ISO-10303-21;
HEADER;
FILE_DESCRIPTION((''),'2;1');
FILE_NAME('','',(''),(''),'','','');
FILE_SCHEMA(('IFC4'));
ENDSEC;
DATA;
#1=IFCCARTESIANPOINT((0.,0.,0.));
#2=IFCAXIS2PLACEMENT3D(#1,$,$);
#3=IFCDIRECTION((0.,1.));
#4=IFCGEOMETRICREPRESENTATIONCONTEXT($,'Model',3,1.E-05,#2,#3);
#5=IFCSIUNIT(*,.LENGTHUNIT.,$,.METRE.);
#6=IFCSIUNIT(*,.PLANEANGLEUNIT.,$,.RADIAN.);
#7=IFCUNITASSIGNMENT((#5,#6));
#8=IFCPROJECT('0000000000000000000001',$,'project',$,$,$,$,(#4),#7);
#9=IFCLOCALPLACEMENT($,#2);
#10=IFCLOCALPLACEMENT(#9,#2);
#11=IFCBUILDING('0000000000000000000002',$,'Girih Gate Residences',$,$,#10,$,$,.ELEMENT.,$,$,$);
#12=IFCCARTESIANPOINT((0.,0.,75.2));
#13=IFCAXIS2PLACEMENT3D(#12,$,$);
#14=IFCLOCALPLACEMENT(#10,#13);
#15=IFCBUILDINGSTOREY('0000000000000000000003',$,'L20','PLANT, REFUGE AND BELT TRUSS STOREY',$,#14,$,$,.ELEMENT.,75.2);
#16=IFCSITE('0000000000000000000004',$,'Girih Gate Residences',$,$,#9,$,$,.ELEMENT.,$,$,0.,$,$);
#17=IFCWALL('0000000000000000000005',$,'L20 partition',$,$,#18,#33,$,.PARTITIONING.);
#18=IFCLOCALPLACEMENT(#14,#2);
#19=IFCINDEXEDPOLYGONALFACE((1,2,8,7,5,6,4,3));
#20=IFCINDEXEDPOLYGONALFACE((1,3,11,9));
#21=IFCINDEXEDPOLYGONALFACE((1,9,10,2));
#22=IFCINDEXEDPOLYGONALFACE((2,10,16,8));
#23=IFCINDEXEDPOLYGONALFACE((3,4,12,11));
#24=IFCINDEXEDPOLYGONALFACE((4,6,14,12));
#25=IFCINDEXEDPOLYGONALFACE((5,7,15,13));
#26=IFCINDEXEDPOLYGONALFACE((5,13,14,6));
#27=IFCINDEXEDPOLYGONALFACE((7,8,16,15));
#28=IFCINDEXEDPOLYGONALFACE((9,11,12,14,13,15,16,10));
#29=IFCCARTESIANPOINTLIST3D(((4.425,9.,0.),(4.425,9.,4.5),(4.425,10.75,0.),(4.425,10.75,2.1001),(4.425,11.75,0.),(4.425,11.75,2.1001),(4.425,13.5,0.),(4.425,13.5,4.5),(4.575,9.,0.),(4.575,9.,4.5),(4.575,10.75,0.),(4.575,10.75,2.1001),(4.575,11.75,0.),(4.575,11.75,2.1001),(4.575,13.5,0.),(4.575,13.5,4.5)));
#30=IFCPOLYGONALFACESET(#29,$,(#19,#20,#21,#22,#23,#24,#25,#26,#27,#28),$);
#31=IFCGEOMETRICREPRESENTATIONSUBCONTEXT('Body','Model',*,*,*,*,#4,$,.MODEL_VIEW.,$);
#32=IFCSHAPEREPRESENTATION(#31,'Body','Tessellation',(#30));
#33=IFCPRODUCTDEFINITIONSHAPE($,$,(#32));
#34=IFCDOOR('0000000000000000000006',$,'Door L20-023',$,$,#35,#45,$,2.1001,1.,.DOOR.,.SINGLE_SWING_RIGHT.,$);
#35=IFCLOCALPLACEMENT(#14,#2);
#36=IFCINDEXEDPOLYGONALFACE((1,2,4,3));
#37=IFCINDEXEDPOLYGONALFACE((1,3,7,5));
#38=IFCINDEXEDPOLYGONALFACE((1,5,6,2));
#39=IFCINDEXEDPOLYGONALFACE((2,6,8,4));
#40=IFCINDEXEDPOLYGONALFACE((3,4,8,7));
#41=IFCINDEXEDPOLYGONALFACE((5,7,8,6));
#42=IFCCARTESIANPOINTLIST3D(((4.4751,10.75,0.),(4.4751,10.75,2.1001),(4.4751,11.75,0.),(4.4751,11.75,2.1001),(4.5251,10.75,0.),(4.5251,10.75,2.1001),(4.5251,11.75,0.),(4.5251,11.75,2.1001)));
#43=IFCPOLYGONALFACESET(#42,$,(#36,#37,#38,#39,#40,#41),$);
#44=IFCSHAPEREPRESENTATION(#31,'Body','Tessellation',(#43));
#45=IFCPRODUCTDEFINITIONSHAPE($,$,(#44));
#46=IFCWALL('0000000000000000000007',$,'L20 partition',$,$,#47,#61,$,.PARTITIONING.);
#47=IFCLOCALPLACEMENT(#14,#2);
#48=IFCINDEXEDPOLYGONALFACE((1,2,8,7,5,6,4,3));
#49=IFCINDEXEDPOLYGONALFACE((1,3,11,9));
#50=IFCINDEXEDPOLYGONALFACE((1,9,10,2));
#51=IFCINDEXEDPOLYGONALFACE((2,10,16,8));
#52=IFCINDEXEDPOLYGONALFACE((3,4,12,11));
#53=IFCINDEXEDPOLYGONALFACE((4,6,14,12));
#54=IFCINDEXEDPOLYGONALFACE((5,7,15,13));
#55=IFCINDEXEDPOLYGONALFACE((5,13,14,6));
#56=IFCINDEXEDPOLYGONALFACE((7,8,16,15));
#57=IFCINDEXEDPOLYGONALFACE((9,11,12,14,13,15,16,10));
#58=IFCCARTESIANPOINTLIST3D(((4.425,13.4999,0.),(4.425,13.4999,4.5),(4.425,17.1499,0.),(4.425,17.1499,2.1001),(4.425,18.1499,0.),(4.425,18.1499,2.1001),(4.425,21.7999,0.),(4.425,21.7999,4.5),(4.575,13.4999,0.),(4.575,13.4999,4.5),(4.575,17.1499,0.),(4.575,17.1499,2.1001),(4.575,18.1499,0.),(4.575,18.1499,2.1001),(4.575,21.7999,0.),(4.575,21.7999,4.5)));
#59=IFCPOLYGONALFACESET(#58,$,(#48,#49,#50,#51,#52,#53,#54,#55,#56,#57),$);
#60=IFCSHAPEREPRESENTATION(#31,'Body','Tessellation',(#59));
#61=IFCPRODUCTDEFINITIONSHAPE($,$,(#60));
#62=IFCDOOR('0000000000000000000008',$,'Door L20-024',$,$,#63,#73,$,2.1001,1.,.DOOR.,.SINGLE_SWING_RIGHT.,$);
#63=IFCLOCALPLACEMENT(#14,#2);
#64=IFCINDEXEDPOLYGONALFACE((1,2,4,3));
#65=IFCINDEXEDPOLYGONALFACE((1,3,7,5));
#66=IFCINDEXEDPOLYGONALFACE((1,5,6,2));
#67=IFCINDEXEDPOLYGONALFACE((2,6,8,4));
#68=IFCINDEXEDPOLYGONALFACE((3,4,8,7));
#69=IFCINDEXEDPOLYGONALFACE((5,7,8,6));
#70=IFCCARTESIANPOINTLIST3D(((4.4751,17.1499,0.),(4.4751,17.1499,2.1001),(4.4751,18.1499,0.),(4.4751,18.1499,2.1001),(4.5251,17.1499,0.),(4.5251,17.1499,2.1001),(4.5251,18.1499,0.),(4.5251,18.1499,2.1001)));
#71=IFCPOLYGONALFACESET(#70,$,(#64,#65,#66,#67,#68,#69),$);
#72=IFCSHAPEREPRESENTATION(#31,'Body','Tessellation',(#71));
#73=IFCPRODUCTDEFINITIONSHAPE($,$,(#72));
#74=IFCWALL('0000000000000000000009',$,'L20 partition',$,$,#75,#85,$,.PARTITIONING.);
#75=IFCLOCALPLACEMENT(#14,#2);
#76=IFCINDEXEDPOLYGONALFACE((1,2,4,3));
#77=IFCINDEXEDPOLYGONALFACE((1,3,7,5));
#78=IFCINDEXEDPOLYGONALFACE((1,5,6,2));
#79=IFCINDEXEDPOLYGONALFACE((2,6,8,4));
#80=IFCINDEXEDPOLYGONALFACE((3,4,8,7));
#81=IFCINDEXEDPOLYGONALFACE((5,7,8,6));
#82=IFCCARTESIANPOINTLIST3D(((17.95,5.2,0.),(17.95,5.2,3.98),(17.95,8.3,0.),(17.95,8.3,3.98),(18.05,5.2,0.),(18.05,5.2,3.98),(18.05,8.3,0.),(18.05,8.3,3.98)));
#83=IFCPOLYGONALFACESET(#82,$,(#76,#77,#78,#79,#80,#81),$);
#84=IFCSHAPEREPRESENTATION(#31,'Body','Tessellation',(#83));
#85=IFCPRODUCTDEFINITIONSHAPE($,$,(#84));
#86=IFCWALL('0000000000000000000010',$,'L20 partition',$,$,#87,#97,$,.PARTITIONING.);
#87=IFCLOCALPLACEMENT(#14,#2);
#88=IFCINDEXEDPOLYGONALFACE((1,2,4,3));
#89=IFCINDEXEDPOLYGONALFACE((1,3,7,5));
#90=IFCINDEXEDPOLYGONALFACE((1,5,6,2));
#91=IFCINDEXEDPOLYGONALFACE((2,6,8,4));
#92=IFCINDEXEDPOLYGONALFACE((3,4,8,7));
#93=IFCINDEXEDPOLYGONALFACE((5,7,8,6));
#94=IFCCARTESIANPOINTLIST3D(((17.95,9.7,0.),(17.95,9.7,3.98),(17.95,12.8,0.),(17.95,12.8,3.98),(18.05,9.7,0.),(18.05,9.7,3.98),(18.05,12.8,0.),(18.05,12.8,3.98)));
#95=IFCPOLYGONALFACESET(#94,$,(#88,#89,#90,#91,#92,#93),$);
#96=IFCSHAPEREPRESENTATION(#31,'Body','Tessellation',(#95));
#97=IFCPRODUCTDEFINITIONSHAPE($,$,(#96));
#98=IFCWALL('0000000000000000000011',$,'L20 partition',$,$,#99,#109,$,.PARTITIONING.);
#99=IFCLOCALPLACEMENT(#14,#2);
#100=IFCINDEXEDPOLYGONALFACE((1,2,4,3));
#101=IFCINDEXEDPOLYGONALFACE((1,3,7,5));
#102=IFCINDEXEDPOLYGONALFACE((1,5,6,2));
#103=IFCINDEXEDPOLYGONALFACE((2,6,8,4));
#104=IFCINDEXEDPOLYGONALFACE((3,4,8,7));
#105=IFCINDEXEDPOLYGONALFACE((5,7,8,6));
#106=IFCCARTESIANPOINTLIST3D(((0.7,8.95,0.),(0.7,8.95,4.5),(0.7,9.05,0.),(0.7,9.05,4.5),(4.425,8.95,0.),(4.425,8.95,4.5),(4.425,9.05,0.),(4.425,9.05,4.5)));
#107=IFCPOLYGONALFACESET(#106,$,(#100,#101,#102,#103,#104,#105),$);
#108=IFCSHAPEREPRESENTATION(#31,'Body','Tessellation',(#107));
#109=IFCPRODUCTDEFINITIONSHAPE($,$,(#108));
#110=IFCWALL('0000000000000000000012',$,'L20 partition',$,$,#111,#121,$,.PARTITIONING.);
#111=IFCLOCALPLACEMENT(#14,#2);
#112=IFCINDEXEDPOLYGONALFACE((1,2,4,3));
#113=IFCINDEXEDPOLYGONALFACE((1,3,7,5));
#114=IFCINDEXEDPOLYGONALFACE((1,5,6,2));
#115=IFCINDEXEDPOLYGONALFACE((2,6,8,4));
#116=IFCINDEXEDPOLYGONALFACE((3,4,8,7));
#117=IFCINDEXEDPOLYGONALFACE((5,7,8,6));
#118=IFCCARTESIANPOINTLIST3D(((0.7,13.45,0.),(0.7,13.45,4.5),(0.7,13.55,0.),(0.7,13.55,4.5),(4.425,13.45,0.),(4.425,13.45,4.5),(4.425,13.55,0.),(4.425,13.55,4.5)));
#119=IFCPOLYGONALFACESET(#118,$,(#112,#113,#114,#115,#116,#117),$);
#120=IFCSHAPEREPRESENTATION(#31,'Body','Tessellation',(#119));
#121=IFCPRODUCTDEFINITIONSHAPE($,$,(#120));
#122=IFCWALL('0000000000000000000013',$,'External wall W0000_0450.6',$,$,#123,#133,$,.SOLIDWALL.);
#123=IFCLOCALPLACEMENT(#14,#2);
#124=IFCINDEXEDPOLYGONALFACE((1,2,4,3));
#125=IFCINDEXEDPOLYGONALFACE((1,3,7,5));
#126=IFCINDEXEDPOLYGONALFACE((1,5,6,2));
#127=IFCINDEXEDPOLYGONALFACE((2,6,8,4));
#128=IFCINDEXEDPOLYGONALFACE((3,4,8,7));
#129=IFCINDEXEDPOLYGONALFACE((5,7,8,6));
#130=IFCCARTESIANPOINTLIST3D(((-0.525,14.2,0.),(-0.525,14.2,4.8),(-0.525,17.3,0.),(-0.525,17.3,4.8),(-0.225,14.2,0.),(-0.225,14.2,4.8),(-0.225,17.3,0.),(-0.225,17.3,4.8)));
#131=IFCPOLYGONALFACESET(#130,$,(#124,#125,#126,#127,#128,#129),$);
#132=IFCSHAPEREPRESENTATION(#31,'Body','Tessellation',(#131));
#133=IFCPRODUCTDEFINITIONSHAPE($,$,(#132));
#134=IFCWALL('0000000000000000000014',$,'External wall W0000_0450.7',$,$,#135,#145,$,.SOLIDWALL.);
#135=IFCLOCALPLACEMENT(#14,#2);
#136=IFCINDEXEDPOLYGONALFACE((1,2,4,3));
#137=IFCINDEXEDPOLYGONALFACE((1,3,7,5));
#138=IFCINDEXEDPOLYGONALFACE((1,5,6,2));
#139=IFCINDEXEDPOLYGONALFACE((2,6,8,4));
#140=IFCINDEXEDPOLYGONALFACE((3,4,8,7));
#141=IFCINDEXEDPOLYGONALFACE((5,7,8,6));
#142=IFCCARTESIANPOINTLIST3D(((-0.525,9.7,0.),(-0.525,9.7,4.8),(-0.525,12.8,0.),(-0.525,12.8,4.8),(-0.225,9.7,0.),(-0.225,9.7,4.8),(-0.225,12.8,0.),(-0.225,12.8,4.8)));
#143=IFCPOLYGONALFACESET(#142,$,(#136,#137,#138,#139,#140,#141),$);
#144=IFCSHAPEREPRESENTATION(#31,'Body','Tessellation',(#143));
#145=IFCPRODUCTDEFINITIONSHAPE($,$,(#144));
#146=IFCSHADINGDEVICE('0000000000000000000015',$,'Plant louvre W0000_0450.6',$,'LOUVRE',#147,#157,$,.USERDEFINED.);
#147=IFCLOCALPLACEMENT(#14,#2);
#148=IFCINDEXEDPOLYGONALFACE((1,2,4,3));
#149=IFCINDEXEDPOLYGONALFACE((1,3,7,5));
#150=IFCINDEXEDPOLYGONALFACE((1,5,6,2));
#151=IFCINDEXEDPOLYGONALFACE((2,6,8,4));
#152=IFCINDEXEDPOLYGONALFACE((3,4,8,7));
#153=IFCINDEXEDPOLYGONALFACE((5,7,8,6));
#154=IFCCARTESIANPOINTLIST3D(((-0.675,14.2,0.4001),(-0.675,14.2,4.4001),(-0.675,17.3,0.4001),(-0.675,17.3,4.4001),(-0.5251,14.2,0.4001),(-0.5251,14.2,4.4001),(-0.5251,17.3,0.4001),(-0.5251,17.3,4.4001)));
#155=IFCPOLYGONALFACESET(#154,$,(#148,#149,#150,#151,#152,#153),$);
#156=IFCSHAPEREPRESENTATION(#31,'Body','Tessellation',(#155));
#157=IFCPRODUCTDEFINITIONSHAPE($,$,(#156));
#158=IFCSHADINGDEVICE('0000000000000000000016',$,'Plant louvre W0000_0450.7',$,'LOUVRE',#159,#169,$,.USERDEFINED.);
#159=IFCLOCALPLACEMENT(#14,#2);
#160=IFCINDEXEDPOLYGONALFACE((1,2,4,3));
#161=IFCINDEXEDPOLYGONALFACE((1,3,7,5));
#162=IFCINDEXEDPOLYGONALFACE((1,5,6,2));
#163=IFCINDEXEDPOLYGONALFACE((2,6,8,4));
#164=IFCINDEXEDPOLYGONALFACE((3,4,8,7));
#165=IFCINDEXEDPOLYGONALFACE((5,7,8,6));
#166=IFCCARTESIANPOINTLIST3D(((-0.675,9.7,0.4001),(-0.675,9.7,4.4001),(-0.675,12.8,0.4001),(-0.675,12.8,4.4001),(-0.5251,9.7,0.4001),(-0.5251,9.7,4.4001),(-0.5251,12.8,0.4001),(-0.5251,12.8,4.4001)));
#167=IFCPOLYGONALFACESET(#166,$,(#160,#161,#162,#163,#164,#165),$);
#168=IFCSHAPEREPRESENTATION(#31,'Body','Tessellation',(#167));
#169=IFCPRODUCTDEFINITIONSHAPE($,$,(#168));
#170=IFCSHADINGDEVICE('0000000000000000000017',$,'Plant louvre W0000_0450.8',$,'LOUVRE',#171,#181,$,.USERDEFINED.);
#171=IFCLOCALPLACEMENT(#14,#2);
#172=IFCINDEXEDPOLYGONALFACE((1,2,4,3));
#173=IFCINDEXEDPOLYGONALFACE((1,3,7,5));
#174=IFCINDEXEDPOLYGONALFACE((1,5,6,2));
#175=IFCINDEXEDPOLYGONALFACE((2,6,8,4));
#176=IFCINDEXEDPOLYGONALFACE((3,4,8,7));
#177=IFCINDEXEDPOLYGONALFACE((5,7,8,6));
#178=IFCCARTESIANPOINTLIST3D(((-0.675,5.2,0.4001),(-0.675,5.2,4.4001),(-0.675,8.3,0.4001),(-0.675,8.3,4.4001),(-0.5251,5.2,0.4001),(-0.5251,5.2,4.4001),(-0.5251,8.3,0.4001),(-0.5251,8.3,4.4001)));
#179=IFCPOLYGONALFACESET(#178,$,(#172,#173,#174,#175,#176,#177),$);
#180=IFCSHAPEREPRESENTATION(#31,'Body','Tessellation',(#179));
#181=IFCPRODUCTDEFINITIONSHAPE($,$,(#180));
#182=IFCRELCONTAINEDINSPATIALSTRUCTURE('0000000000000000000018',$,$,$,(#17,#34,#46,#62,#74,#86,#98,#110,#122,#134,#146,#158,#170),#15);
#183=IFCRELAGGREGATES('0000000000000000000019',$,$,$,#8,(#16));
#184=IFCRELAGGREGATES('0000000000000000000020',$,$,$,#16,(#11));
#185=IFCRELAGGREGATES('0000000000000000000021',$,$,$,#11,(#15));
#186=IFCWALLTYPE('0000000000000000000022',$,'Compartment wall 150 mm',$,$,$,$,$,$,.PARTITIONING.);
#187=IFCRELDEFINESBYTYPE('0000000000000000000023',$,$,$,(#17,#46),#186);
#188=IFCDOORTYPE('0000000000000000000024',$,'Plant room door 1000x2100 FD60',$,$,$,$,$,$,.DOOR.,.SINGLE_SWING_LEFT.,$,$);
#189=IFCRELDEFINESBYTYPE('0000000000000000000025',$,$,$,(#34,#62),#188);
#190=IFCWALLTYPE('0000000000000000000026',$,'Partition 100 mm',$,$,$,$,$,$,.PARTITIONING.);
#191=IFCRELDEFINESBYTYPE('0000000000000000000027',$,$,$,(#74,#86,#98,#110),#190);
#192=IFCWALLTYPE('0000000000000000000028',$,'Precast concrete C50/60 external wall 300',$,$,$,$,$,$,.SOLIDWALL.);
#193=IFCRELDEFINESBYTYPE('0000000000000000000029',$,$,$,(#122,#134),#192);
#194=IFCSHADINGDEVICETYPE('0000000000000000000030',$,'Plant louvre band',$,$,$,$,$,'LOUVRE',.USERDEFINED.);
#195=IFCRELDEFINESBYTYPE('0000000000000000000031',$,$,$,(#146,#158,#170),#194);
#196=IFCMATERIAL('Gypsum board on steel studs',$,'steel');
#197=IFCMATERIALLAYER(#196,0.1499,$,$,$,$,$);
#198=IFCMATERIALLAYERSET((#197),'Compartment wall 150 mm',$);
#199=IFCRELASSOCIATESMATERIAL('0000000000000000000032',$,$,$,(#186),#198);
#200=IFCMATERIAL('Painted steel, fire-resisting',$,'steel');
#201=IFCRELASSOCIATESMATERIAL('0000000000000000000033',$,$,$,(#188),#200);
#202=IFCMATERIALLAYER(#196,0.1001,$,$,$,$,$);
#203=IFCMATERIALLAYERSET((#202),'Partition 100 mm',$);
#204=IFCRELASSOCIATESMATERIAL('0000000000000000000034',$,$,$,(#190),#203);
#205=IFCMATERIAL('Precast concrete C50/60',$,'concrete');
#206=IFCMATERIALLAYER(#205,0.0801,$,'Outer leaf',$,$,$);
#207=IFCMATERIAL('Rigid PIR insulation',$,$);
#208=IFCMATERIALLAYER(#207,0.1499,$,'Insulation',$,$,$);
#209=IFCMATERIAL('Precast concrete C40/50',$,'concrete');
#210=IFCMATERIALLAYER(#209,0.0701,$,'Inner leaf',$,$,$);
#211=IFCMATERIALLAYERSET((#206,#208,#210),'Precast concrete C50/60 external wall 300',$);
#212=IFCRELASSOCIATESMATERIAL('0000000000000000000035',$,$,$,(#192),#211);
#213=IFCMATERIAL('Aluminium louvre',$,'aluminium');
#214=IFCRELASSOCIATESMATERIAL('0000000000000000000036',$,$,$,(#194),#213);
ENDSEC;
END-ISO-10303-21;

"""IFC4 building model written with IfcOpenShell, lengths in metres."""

from ifc_helpers import new_model, si_unit, direction, frame, frame_2d, origin, origin_2d, place, context, subcontext, project, spatial, rectangle, extrude, material, layer, layer_set, type_object, element, fill, save


model = new_model("IFC4")

# Units and contexts
model_context = context("Model", 3, precision=1e-05, world=origin(), true_north=direction((0.0, 1.0)))
body_context = subcontext(model_context, "Body", "Model", "MODEL_VIEW")
ifc_project = project(units=[si_unit("LENGTHUNIT", "METRE"), si_unit("PLANEANGLEUNIT", "RADIAN")], contexts=[model_context])

# Site, building, storey
site_placement = place(None, origin())
site = spatial("IfcSite", under=ifc_project, at=site_placement, Name="Girih Gate Residences", CompositionType="ELEMENT", RefElevation=0.0)
building_placement = place(site_placement, origin())
building = spatial("IfcBuilding", under=site, at=building_placement, Name="Girih Gate Residences", CompositionType="ELEMENT")
storey_placement = place(building_placement, frame((0.0, 0.0, 75.2)))
storey = spatial("IfcBuildingStorey", under=building, at=storey_placement, Name="L20", Description="PLANT, REFUGE AND BELT TRUSS STOREY", CompositionType="ELEMENT", Elevation=75.2)

# Shared definitions
ifc_material_1 = material(Name="Gypsum board on steel studs", Category="steel")
ifc_layer_1 = layer(ifc_material_1, 0.1499)
ifc_layer_set_1 = layer_set([ifc_layer_1], Name="Compartment wall 150 mm")
wall_type_1 = type_object("IfcWallType", Name="Compartment wall 150 mm", PredefinedType="PARTITIONING", material=ifc_layer_set_1)

# Shared definitions
ifc_material_2 = material(Name="Painted steel, fire-resisting", Category="steel")

# Walls, openings, doors
wall_1_placement = place(storey_placement, frame((4.5, 9.0, 0.0), z_axis=(0.0, 0.0, 1.0), x_axis=(0.0, 1.0, 0.0)))
wall_1 = element("IfcWall", 1, at=wall_1_placement, inside=storey, type_object=wall_type_1, Name="L20 partition", PredefinedType="PARTITIONING", context=body_context, shape_type="SweptSolid", body=[
    extrude(rectangle(XDim=4.5, YDim=0.1499, at=frame_2d((2.25, 0.0))), origin(), (0.0, 0.0, 1.0), 4.5),
])
opening_1_placement = place(wall_1_placement, frame((1.75, 0.0, 0.0)))
opening_1 = element("IfcOpeningElement", 2, at=opening_1_placement, cuts=wall_1, PredefinedType="OPENING", context=body_context, shape_type="SweptSolid", body=[
    extrude(rectangle(XDim=1.0, YDim=2.1001, at=frame_2d((0.5, 1.05))), frame((0.0, 0.085, 0.0), z_axis=(0.0, -1.0, 0.0), x_axis=(1.0, 0.0, 0.0)), (0.0, 0.0, 1.0), 0.1699),
])
door_type_1 = type_object("IfcDoorType", Name="Plant room door 1000x2100 FD60", OperationType="SINGLE_SWING_LEFT", PredefinedType="DOOR", material=ifc_material_2)
door_1_placement = place(opening_1_placement, origin())
door_1 = element("IfcDoor", 3, at=door_1_placement, inside=storey, type_object=door_type_1, Name="Door L20-023", OperationType="SINGLE_SWING_RIGHT", OverallHeight=2.1001, OverallWidth=1.0, PredefinedType="DOOR", context=body_context, shape_type="SweptSolid", body=[
    extrude(rectangle(XDim=1.0, YDim=2.1001, at=frame_2d((0.5, 1.05))), frame((0.0, 0.0249, 0.0), z_axis=(0.0, -1.0, 0.0), x_axis=(1.0, 0.0, 0.0)), (0.0, 0.0, 1.0), 0.05),
])
fill(opening_1, door_1)
wall_2_placement = place(storey_placement, frame((4.5, 13.5, 0.0), z_axis=(0.0, 0.0, 1.0), x_axis=(0.0, 1.0, 0.0)))
wall_2 = element("IfcWall", 4, at=wall_2_placement, inside=storey, type_object=wall_type_1, Name="L20 partition", PredefinedType="PARTITIONING", context=body_context, shape_type="SweptSolid", body=[
    extrude(rectangle(XDim=8.3, YDim=0.1499, at=frame_2d((4.1499, 0.0))), origin(), (0.0, 0.0, 1.0), 4.5),
])
opening_2_placement = place(wall_2_placement, frame((3.6499, 0.0, 0.0)))
opening_2 = element("IfcOpeningElement", 5, at=opening_2_placement, cuts=wall_2, PredefinedType="OPENING", context=body_context, shape_type="SweptSolid", body=[
    extrude(rectangle(XDim=1.0, YDim=2.1001, at=frame_2d((0.5, 1.05))), frame((0.0, 0.085, 0.0), z_axis=(0.0, -1.0, 0.0), x_axis=(1.0, 0.0, 0.0)), (0.0, 0.0, 1.0), 0.1699),
])
door_2_placement = place(opening_2_placement, origin())
door_2 = element("IfcDoor", 6, at=door_2_placement, inside=storey, type_object=door_type_1, Name="Door L20-024", OperationType="SINGLE_SWING_RIGHT", OverallHeight=2.1001, OverallWidth=1.0, PredefinedType="DOOR", context=body_context, shape_type="SweptSolid", body=[
    extrude(rectangle(XDim=1.0, YDim=2.1001, at=frame_2d((0.5, 1.05))), frame((0.0, 0.0249, 0.0), z_axis=(0.0, -1.0, 0.0), x_axis=(1.0, 0.0, 0.0)), (0.0, 0.0, 1.0), 0.05),
])
fill(opening_2, door_2)

# Walls
ifc_layer_2 = layer(ifc_material_1, 0.1001)
ifc_layer_set_2 = layer_set([ifc_layer_2], Name="Partition 100 mm")
wall_type_2 = type_object("IfcWallType", Name="Partition 100 mm", PredefinedType="PARTITIONING", material=ifc_layer_set_2)
for number, where, z_axis, x_axis, name in (
    (7, (18.0, 5.2, 0.0), (0.0, 0.0, 1.0), (0.0, 1.0, 0.0), "L20 partition"),
    (8, (18.0, 9.7, 0.0), (0.0, 0.0, 1.0), (0.0, 1.0, 0.0), "L20 partition"),
):
    element("IfcWall", number, at=place(storey_placement, frame(where, z_axis=z_axis, x_axis=x_axis)), inside=storey, type_object=wall_type_2, Name=name, PredefinedType="PARTITIONING", context=body_context, shape_type="SweptSolid", body=[
        extrude(rectangle(XDim=3.1001, YDim=0.1001, at=frame_2d((1.55, 0.0))), origin(), (0.0, 0.0, 1.0), 3.98),
    ])
for number, where, z_axis, x_axis, name in (
    (9, (0.7, 9.0, 0.0), (0.0, 0.0, 1.0), (1.0, 0.0, 0.0), "L20 partition"),
    (10, (0.7, 13.5, 0.0), (0.0, 0.0, 1.0), (1.0, 0.0, 0.0), "L20 partition"),
):
    element("IfcWall", number, at=place(storey_placement, frame(where, z_axis=z_axis, x_axis=x_axis)), inside=storey, type_object=wall_type_2, Name=name, PredefinedType="PARTITIONING", context=body_context, shape_type="SweptSolid", body=[
        extrude(rectangle(XDim=3.7251, YDim=0.1001, at=frame_2d((1.8625, 0.0))), origin(), (0.0, 0.0, 1.0), 4.5),
    ])
ifc_material_3 = material(Name="Precast concrete C50/60", Category="concrete")
ifc_layer_3 = layer(ifc_material_3, 0.0801, Name="Outer leaf")
ifc_material_4 = material(Name="Rigid PIR insulation")
ifc_layer_4 = layer(ifc_material_4, 0.1499, Name="Insulation")
ifc_material_5 = material(Name="Precast concrete C40/50", Category="concrete")
ifc_layer_5 = layer(ifc_material_5, 0.0701, Name="Inner leaf")
ifc_layer_set_3 = layer_set([ifc_layer_3, ifc_layer_4, ifc_layer_5], Name="Precast concrete C50/60 external wall 300")
wall_type_3 = type_object("IfcWallType", Name="Precast concrete C50/60 external wall 300", PredefinedType="SOLIDWALL", material=ifc_layer_set_3)
for number, where, z_axis, x_axis, name in (
    (11, (-0.375, 14.2, 0.0), (0.0, 0.0, 1.0), (0.0, 1.0, 0.0), "External wall W0000_0450.6"),
    (12, (-0.375, 9.7, 0.0), (0.0, 0.0, 1.0), (0.0, 1.0, 0.0), "External wall W0000_0450.7"),
):
    element("IfcWall", number, at=place(storey_placement, frame(where, z_axis=z_axis, x_axis=x_axis)), inside=storey, type_object=wall_type_3, Name=name, PredefinedType="SOLIDWALL", context=body_context, shape_type="SweptSolid", body=[
        extrude(rectangle(XDim=3.1001, YDim=0.3, at=frame_2d((1.55, 0.0))), origin(), (0.0, 0.0, 1.0), 4.8),
    ])

# Shading devices
ifc_material_6 = material(Name="Aluminium louvre", Category="aluminium")
shading_device_type = type_object("IfcShadingDeviceType", Name="Plant louvre band", ElementType="LOUVRE", PredefinedType="USERDEFINED", material=ifc_material_6)
for number, where, z_axis, x_axis, name in (
    (13, (-0.6001, 15.75, 0.4001), (0.0, 0.0, 1.0), (0.0, -1.0, 0.0), "Plant louvre W0000_0450.6"),
    (14, (-0.6001, 11.25, 0.4001), (0.0, 0.0, 1.0), (0.0, -1.0, 0.0), "Plant louvre W0000_0450.7"),
    (15, (-0.6001, 6.75, 0.4001), (0.0, 0.0, 1.0), (0.0, -1.0, 0.0), "Plant louvre W0000_0450.8"),
):
    element("IfcShadingDevice", number, at=place(storey_placement, frame(where, z_axis=z_axis, x_axis=x_axis)), inside=storey, type_object=shading_device_type, Name=name, ObjectType="LOUVRE", PredefinedType="USERDEFINED", context=body_context, shape_type="SweptSolid", body=[
        extrude(rectangle(XDim=3.1001, YDim=0.1499, at=origin_2d()), origin(), (0.0, 0.0, 1.0), 4.0),
    ])

save(model, "model.ifc")
